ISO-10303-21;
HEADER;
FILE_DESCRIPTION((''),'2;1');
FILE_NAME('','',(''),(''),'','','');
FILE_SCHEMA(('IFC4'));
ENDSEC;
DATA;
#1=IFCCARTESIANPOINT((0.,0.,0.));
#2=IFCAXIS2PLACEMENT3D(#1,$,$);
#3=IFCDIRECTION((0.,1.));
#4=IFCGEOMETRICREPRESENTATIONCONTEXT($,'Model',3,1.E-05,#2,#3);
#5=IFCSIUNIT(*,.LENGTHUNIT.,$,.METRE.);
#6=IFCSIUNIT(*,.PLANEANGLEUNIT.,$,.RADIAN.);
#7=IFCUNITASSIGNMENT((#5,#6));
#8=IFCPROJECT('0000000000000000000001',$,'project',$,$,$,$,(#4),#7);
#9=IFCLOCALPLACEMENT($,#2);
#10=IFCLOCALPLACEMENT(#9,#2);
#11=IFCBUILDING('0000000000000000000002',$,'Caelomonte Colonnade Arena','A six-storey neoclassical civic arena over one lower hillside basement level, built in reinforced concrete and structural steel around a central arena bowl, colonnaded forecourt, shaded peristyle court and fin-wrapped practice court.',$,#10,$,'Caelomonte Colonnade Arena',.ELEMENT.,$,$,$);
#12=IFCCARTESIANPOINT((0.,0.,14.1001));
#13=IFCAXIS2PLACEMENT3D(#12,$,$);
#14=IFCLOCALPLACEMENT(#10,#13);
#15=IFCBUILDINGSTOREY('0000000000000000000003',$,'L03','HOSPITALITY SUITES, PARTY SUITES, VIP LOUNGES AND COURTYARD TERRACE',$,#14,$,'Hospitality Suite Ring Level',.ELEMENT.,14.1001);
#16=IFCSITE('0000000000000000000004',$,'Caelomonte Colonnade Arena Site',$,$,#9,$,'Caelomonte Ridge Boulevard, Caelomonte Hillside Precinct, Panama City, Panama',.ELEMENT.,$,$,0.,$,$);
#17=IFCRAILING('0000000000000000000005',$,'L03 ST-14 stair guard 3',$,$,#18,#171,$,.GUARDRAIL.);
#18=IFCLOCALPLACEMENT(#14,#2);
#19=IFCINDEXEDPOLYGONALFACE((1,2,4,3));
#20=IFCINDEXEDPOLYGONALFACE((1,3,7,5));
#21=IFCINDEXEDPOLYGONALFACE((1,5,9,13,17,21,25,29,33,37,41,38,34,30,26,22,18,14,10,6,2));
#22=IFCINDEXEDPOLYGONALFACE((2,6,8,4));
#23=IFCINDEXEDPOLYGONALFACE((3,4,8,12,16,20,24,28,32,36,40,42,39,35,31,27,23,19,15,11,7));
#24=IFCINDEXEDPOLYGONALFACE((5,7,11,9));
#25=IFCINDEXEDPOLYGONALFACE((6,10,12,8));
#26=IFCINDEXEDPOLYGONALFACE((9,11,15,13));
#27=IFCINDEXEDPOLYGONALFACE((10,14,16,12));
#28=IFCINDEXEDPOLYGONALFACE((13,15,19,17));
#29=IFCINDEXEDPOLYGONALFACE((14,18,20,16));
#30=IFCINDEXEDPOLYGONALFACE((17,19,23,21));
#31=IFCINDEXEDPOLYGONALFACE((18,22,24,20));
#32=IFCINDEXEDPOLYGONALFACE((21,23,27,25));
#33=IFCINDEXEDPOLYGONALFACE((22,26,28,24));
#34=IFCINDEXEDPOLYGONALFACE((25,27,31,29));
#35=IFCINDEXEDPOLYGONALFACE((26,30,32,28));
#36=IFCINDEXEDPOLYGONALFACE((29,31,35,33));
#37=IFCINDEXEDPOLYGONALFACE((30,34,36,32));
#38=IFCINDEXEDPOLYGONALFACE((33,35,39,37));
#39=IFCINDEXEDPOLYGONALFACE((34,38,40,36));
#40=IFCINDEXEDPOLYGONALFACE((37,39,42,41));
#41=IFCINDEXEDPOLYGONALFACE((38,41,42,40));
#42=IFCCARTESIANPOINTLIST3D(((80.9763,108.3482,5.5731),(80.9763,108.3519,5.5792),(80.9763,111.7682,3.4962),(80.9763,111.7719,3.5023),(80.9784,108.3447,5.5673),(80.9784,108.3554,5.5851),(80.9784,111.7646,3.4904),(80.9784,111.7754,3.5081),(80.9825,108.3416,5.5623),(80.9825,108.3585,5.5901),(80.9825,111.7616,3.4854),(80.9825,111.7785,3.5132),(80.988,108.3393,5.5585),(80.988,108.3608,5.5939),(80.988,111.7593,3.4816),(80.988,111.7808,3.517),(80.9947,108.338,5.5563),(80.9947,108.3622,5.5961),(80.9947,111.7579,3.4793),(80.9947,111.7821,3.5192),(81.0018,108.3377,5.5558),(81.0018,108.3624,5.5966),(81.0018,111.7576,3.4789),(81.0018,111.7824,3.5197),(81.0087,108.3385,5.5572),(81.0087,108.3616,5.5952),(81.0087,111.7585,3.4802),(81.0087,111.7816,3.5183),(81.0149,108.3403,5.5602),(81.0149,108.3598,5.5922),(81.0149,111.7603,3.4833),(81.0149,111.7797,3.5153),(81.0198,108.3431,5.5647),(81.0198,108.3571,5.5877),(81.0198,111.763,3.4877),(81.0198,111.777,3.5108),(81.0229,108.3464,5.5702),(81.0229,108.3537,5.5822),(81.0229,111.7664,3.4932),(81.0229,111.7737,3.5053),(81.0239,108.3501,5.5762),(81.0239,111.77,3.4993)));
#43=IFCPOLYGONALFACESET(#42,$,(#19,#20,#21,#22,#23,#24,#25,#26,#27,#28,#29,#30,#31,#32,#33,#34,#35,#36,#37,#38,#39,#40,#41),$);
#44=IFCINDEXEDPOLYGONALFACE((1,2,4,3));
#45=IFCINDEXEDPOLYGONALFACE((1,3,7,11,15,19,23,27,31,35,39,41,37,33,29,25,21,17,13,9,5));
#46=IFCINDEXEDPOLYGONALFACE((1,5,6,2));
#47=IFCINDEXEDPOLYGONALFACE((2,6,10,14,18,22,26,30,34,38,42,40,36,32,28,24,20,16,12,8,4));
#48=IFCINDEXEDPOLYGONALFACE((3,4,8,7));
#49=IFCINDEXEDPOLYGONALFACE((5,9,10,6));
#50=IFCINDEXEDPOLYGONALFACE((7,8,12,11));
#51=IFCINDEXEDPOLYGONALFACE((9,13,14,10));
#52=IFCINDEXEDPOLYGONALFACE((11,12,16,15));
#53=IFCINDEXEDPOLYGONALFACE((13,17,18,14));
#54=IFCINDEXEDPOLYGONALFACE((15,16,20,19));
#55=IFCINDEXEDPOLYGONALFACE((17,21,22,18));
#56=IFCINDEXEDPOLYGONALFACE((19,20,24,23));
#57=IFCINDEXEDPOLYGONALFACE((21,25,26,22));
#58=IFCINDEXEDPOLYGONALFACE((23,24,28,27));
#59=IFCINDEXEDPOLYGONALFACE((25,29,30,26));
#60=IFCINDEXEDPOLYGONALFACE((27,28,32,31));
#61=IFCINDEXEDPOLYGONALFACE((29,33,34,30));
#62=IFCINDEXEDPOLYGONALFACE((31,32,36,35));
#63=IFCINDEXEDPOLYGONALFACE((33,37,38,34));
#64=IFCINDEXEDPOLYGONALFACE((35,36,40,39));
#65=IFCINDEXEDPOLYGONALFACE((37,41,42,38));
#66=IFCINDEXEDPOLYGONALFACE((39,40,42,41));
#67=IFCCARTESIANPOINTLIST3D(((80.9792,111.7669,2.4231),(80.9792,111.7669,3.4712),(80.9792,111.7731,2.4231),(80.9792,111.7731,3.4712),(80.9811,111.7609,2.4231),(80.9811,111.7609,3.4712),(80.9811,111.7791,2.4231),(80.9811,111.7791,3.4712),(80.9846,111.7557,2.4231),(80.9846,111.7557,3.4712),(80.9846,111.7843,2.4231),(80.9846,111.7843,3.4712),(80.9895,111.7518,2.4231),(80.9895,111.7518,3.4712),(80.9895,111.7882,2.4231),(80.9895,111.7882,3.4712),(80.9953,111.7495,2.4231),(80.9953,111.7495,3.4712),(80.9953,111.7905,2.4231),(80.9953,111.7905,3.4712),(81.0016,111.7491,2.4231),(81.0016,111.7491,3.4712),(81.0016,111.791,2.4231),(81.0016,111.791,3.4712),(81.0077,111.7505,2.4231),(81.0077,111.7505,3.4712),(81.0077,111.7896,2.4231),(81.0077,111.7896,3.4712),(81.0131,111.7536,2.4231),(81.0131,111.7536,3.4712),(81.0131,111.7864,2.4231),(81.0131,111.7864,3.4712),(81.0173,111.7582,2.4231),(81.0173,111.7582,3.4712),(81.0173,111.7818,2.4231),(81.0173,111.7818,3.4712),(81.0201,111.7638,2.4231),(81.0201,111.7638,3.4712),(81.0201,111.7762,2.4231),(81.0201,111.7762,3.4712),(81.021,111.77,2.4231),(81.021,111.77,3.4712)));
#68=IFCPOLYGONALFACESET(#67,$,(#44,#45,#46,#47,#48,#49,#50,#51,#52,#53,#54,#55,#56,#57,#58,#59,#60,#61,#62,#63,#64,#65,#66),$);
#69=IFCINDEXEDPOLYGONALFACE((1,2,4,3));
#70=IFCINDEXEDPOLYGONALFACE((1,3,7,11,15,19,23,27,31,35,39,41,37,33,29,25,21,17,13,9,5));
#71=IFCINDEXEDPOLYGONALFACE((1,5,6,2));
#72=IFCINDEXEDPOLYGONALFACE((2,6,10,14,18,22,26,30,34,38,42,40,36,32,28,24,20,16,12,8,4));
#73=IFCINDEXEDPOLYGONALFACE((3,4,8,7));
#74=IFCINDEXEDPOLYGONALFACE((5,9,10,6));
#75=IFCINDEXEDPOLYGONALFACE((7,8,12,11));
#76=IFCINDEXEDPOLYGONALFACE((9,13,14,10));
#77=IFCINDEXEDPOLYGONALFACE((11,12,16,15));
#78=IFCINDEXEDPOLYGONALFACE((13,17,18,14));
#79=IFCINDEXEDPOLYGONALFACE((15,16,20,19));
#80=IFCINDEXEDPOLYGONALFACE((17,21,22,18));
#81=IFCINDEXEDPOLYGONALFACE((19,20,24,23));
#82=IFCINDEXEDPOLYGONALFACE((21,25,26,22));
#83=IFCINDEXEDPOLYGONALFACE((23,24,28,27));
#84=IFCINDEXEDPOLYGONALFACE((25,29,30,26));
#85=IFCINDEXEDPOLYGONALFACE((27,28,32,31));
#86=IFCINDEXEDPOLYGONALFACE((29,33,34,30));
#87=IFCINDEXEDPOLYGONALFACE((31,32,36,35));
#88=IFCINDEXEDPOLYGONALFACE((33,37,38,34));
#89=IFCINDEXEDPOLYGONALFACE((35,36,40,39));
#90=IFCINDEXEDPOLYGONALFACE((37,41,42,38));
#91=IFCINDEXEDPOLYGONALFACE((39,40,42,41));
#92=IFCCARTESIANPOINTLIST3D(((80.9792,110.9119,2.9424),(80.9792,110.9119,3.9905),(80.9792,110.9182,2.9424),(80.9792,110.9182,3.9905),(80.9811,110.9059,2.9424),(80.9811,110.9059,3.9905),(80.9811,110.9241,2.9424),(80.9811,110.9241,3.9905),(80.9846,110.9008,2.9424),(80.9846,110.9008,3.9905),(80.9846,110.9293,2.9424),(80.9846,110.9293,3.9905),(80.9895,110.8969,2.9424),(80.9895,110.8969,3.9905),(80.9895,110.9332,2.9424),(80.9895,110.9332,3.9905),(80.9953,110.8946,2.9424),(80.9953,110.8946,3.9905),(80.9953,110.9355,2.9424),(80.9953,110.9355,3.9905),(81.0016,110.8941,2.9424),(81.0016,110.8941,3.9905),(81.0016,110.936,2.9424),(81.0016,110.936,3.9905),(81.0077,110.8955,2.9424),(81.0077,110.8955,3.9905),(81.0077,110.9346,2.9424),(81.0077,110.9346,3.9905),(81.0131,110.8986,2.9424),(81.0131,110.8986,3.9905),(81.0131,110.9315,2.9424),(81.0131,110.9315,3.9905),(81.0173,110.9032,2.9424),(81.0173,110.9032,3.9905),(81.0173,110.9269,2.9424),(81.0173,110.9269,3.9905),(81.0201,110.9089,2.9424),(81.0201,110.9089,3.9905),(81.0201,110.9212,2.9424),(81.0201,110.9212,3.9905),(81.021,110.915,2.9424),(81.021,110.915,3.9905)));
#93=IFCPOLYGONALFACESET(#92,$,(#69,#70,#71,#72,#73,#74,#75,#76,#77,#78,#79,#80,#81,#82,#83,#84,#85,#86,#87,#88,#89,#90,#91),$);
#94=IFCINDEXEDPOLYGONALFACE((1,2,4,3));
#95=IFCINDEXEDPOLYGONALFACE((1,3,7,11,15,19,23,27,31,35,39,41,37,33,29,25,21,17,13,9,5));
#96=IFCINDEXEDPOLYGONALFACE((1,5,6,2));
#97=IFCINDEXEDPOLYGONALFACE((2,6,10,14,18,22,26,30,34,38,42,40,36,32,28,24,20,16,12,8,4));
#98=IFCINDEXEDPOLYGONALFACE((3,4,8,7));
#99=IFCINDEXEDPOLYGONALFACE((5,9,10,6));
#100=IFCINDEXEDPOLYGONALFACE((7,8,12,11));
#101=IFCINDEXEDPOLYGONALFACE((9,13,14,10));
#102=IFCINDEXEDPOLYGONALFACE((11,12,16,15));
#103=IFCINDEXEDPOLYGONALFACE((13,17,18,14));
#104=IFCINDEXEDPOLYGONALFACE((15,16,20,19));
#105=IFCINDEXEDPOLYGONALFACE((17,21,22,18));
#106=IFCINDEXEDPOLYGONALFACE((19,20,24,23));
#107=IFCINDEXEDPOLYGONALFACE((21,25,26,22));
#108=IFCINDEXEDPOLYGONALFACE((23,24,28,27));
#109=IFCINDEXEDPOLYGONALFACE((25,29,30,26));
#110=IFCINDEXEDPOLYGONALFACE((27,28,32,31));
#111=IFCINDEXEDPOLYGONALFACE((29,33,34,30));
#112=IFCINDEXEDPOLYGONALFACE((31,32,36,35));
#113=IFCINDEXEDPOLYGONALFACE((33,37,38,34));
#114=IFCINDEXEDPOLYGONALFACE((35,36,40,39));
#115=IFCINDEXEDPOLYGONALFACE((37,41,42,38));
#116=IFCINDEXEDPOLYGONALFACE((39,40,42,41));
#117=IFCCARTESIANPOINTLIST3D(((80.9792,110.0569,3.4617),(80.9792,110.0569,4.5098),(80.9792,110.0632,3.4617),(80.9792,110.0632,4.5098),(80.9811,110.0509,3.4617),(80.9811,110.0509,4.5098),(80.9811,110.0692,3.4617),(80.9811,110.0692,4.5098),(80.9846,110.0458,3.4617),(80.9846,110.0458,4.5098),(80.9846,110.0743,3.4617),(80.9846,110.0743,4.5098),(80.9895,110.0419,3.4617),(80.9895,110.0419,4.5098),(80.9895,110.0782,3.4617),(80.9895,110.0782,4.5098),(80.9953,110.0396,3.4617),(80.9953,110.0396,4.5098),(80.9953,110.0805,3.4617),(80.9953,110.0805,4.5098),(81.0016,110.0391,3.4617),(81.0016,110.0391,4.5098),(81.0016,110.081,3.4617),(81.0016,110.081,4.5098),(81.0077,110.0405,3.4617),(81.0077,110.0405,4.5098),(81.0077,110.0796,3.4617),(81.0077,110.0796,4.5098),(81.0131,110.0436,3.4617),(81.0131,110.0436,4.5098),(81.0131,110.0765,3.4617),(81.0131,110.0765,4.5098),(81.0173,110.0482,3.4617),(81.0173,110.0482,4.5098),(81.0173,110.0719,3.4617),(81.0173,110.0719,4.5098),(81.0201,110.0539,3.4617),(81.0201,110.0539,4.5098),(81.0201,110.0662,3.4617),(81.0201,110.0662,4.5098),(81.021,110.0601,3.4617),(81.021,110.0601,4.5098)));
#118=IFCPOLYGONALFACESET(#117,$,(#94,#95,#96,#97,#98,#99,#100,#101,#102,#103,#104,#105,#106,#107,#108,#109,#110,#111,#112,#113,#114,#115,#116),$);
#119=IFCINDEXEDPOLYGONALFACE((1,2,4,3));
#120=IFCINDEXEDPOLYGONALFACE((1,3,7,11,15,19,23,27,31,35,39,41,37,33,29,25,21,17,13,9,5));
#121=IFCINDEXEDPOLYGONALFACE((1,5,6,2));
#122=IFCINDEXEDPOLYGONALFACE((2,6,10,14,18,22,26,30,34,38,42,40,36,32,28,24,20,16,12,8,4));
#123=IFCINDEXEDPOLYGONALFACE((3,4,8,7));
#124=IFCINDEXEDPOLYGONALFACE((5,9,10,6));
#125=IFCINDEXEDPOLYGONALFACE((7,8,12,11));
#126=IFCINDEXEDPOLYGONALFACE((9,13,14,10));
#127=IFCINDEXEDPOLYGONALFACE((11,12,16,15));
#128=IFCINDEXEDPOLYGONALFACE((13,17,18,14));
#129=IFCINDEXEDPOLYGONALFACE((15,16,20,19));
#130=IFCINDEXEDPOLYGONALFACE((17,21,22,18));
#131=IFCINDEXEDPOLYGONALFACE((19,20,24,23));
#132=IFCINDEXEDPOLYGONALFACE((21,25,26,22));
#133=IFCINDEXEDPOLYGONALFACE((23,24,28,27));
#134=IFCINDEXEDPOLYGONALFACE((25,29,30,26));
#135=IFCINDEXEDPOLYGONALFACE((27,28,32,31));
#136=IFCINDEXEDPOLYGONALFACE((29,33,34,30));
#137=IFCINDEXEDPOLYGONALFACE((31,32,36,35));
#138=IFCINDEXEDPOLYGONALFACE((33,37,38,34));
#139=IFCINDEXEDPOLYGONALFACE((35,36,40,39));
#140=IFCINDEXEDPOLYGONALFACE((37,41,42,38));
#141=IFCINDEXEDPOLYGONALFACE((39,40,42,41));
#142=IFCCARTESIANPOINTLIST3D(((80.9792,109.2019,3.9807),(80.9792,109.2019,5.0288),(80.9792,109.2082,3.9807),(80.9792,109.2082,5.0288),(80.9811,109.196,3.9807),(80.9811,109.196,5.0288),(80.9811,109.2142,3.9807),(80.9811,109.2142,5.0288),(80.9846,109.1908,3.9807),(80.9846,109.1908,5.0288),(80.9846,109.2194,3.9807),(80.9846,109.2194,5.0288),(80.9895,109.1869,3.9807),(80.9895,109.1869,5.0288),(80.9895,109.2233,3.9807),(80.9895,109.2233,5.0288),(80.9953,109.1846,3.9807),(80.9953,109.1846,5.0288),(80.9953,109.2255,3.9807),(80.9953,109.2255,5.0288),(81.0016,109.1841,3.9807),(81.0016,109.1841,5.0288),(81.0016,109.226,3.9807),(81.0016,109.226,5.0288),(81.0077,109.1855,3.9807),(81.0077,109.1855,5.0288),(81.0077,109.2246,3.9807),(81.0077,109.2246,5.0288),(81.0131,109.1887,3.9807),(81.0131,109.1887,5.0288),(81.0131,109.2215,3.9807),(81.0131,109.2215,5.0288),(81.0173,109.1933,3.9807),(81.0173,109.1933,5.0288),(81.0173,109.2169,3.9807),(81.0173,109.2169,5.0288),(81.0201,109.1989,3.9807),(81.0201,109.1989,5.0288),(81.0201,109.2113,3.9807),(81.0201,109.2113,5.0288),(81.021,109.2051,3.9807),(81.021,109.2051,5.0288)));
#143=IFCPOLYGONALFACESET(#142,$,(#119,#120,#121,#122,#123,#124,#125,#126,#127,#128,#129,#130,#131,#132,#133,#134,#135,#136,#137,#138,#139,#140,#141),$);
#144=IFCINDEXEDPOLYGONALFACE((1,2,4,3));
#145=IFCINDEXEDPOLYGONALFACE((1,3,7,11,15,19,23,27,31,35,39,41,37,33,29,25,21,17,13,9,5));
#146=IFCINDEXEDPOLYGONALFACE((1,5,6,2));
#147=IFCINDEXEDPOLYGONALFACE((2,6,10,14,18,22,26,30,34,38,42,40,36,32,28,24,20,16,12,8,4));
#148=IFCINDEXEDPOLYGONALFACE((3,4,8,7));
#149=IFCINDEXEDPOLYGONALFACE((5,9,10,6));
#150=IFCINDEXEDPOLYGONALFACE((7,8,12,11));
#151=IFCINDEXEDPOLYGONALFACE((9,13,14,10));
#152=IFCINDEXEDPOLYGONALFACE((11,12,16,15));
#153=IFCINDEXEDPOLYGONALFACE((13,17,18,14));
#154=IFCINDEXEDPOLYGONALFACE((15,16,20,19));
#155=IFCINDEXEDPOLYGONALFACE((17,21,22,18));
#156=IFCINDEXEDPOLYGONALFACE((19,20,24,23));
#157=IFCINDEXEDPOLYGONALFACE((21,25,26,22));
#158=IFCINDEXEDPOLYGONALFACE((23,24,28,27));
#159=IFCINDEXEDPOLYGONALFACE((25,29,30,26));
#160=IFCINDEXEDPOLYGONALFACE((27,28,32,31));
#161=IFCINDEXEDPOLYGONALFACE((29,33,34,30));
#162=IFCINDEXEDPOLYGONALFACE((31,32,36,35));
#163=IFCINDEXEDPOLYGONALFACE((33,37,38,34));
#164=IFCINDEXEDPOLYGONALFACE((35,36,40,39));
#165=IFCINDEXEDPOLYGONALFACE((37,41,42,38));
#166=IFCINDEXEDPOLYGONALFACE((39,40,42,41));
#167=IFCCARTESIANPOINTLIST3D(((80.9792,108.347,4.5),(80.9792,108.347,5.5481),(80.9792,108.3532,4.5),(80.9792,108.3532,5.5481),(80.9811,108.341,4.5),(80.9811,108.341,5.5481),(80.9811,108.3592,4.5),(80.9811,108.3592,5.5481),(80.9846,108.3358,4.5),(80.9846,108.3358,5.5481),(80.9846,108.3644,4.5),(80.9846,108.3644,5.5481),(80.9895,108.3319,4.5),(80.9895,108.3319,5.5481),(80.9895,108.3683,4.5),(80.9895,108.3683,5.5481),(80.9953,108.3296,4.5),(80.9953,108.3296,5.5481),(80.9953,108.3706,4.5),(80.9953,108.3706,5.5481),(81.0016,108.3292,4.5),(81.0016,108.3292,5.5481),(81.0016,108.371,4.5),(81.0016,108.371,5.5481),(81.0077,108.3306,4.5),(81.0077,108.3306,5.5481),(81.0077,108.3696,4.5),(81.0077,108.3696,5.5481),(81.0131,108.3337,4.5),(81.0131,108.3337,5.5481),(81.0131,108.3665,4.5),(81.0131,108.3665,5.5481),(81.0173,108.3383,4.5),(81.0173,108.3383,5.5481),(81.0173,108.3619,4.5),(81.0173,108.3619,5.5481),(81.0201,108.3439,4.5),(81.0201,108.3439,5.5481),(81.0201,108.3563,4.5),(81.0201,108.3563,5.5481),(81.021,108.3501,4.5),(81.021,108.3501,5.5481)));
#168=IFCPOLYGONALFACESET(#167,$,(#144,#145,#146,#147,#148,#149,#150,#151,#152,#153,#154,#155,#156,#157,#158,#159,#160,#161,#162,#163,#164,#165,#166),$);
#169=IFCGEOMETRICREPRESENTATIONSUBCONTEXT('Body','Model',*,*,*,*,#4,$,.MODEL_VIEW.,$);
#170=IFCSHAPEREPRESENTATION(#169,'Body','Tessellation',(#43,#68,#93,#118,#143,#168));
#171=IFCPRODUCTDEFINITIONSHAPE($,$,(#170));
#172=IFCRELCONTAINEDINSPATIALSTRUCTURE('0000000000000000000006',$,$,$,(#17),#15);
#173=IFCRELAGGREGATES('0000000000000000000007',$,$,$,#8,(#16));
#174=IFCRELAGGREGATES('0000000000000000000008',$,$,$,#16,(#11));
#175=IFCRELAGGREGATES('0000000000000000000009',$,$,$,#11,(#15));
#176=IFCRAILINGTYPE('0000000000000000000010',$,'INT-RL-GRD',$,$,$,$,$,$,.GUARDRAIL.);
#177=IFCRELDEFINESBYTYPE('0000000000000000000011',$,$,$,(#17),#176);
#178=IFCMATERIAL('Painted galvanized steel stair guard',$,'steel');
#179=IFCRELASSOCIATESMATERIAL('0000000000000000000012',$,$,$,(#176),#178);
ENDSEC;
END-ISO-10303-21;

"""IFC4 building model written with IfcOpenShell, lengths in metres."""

from ifc_helpers import new_model, si_unit, direction, frame, origin, origin_2d, place, context, subcontext, project, spatial, circle, extrude, material, type_object, element, save


model = new_model("IFC4")

# Units and contexts
model_context = context("Model", 3, precision=1e-05, world=origin(), true_north=direction((0.0, 1.0)))
body_context = subcontext(model_context, "Body", "Model", "MODEL_VIEW")
ifc_project = project(units=[si_unit("LENGTHUNIT", "METRE"), si_unit("PLANEANGLEUNIT", "RADIAN")], contexts=[model_context])

# Site, building, storey
site_placement = place(None, origin())
site = spatial("IfcSite", under=ifc_project, at=site_placement, Name="Caelomonte Colonnade Arena Site", LongName="Caelomonte Ridge Boulevard, Caelomonte Hillside Precinct, Panama City, Panama", CompositionType="ELEMENT", RefElevation=0.0)
building_placement = place(site_placement, origin())
building = spatial("IfcBuilding", under=site, at=building_placement, Name="Caelomonte Colonnade Arena", Description="A six-storey neoclassical civic arena over one lower hillside basement level, built in reinforced concrete and structural steel around a central arena bowl, colonnaded forecourt, shaded peristyle court and fin-wrapped practice court.", LongName="Caelomonte Colonnade Arena", CompositionType="ELEMENT")
storey_placement = place(building_placement, frame((0.0, 0.0, 14.1001)))
storey = spatial("IfcBuildingStorey", under=building, at=storey_placement, Name="L03", Description="HOSPITALITY SUITES, PARTY SUITES, VIP LOUNGES AND COURTYARD TERRACE", LongName="Hospitality Suite Ring Level", CompositionType="ELEMENT", Elevation=14.1001)

# Railing
ifc_material_1 = material(Name="Painted galvanized steel stair guard", Category="steel")
railing_type_1 = type_object("IfcRailingType", Name="INT-RL-GRD", PredefinedType="GUARDRAIL", material=ifc_material_1)
railing_1_placement = place(storey_placement, frame((81.0, 111.77, 2.4231)))
element("IfcRailing", 1, at=railing_1_placement, inside=storey, type_object=railing_type_1, Name="L03 ST-14 stair guard 3", PredefinedType="GUARDRAIL", context=body_context, shape_type="SweptSolid", body=[
    extrude(circle(Radius=0.0239, at=origin_2d()), frame((0.0, 0.0, 1.0762), z_axis=(0.0, -0.85473, 0.519074), x_axis=(1.0, 0.0, 0.0)), (0.0, 0.0, 1.0), 4.0012),
    extrude(circle(Radius=0.021, at=origin_2d()), origin(), (0.0, 0.0, 1.0), 1.0481),
    extrude(circle(Radius=0.021, at=origin_2d()), frame((0.0, -0.855, 0.5193)), (0.0, 0.0, 1.0), 1.0481),
    extrude(circle(Radius=0.021, at=origin_2d()), frame((0.0, -1.71, 1.0386)), (0.0, 0.0, 1.0), 1.0481),
    extrude(circle(Radius=0.021, at=origin_2d()), frame((0.0, -2.5649, 1.5576)), (0.0, 0.0, 1.0), 1.0481),
    extrude(circle(Radius=0.021, at=origin_2d()), frame((0.0, -3.4199, 2.0769)), (0.0, 0.0, 1.0), 1.0481),
])

save(model, "model.ifc")
